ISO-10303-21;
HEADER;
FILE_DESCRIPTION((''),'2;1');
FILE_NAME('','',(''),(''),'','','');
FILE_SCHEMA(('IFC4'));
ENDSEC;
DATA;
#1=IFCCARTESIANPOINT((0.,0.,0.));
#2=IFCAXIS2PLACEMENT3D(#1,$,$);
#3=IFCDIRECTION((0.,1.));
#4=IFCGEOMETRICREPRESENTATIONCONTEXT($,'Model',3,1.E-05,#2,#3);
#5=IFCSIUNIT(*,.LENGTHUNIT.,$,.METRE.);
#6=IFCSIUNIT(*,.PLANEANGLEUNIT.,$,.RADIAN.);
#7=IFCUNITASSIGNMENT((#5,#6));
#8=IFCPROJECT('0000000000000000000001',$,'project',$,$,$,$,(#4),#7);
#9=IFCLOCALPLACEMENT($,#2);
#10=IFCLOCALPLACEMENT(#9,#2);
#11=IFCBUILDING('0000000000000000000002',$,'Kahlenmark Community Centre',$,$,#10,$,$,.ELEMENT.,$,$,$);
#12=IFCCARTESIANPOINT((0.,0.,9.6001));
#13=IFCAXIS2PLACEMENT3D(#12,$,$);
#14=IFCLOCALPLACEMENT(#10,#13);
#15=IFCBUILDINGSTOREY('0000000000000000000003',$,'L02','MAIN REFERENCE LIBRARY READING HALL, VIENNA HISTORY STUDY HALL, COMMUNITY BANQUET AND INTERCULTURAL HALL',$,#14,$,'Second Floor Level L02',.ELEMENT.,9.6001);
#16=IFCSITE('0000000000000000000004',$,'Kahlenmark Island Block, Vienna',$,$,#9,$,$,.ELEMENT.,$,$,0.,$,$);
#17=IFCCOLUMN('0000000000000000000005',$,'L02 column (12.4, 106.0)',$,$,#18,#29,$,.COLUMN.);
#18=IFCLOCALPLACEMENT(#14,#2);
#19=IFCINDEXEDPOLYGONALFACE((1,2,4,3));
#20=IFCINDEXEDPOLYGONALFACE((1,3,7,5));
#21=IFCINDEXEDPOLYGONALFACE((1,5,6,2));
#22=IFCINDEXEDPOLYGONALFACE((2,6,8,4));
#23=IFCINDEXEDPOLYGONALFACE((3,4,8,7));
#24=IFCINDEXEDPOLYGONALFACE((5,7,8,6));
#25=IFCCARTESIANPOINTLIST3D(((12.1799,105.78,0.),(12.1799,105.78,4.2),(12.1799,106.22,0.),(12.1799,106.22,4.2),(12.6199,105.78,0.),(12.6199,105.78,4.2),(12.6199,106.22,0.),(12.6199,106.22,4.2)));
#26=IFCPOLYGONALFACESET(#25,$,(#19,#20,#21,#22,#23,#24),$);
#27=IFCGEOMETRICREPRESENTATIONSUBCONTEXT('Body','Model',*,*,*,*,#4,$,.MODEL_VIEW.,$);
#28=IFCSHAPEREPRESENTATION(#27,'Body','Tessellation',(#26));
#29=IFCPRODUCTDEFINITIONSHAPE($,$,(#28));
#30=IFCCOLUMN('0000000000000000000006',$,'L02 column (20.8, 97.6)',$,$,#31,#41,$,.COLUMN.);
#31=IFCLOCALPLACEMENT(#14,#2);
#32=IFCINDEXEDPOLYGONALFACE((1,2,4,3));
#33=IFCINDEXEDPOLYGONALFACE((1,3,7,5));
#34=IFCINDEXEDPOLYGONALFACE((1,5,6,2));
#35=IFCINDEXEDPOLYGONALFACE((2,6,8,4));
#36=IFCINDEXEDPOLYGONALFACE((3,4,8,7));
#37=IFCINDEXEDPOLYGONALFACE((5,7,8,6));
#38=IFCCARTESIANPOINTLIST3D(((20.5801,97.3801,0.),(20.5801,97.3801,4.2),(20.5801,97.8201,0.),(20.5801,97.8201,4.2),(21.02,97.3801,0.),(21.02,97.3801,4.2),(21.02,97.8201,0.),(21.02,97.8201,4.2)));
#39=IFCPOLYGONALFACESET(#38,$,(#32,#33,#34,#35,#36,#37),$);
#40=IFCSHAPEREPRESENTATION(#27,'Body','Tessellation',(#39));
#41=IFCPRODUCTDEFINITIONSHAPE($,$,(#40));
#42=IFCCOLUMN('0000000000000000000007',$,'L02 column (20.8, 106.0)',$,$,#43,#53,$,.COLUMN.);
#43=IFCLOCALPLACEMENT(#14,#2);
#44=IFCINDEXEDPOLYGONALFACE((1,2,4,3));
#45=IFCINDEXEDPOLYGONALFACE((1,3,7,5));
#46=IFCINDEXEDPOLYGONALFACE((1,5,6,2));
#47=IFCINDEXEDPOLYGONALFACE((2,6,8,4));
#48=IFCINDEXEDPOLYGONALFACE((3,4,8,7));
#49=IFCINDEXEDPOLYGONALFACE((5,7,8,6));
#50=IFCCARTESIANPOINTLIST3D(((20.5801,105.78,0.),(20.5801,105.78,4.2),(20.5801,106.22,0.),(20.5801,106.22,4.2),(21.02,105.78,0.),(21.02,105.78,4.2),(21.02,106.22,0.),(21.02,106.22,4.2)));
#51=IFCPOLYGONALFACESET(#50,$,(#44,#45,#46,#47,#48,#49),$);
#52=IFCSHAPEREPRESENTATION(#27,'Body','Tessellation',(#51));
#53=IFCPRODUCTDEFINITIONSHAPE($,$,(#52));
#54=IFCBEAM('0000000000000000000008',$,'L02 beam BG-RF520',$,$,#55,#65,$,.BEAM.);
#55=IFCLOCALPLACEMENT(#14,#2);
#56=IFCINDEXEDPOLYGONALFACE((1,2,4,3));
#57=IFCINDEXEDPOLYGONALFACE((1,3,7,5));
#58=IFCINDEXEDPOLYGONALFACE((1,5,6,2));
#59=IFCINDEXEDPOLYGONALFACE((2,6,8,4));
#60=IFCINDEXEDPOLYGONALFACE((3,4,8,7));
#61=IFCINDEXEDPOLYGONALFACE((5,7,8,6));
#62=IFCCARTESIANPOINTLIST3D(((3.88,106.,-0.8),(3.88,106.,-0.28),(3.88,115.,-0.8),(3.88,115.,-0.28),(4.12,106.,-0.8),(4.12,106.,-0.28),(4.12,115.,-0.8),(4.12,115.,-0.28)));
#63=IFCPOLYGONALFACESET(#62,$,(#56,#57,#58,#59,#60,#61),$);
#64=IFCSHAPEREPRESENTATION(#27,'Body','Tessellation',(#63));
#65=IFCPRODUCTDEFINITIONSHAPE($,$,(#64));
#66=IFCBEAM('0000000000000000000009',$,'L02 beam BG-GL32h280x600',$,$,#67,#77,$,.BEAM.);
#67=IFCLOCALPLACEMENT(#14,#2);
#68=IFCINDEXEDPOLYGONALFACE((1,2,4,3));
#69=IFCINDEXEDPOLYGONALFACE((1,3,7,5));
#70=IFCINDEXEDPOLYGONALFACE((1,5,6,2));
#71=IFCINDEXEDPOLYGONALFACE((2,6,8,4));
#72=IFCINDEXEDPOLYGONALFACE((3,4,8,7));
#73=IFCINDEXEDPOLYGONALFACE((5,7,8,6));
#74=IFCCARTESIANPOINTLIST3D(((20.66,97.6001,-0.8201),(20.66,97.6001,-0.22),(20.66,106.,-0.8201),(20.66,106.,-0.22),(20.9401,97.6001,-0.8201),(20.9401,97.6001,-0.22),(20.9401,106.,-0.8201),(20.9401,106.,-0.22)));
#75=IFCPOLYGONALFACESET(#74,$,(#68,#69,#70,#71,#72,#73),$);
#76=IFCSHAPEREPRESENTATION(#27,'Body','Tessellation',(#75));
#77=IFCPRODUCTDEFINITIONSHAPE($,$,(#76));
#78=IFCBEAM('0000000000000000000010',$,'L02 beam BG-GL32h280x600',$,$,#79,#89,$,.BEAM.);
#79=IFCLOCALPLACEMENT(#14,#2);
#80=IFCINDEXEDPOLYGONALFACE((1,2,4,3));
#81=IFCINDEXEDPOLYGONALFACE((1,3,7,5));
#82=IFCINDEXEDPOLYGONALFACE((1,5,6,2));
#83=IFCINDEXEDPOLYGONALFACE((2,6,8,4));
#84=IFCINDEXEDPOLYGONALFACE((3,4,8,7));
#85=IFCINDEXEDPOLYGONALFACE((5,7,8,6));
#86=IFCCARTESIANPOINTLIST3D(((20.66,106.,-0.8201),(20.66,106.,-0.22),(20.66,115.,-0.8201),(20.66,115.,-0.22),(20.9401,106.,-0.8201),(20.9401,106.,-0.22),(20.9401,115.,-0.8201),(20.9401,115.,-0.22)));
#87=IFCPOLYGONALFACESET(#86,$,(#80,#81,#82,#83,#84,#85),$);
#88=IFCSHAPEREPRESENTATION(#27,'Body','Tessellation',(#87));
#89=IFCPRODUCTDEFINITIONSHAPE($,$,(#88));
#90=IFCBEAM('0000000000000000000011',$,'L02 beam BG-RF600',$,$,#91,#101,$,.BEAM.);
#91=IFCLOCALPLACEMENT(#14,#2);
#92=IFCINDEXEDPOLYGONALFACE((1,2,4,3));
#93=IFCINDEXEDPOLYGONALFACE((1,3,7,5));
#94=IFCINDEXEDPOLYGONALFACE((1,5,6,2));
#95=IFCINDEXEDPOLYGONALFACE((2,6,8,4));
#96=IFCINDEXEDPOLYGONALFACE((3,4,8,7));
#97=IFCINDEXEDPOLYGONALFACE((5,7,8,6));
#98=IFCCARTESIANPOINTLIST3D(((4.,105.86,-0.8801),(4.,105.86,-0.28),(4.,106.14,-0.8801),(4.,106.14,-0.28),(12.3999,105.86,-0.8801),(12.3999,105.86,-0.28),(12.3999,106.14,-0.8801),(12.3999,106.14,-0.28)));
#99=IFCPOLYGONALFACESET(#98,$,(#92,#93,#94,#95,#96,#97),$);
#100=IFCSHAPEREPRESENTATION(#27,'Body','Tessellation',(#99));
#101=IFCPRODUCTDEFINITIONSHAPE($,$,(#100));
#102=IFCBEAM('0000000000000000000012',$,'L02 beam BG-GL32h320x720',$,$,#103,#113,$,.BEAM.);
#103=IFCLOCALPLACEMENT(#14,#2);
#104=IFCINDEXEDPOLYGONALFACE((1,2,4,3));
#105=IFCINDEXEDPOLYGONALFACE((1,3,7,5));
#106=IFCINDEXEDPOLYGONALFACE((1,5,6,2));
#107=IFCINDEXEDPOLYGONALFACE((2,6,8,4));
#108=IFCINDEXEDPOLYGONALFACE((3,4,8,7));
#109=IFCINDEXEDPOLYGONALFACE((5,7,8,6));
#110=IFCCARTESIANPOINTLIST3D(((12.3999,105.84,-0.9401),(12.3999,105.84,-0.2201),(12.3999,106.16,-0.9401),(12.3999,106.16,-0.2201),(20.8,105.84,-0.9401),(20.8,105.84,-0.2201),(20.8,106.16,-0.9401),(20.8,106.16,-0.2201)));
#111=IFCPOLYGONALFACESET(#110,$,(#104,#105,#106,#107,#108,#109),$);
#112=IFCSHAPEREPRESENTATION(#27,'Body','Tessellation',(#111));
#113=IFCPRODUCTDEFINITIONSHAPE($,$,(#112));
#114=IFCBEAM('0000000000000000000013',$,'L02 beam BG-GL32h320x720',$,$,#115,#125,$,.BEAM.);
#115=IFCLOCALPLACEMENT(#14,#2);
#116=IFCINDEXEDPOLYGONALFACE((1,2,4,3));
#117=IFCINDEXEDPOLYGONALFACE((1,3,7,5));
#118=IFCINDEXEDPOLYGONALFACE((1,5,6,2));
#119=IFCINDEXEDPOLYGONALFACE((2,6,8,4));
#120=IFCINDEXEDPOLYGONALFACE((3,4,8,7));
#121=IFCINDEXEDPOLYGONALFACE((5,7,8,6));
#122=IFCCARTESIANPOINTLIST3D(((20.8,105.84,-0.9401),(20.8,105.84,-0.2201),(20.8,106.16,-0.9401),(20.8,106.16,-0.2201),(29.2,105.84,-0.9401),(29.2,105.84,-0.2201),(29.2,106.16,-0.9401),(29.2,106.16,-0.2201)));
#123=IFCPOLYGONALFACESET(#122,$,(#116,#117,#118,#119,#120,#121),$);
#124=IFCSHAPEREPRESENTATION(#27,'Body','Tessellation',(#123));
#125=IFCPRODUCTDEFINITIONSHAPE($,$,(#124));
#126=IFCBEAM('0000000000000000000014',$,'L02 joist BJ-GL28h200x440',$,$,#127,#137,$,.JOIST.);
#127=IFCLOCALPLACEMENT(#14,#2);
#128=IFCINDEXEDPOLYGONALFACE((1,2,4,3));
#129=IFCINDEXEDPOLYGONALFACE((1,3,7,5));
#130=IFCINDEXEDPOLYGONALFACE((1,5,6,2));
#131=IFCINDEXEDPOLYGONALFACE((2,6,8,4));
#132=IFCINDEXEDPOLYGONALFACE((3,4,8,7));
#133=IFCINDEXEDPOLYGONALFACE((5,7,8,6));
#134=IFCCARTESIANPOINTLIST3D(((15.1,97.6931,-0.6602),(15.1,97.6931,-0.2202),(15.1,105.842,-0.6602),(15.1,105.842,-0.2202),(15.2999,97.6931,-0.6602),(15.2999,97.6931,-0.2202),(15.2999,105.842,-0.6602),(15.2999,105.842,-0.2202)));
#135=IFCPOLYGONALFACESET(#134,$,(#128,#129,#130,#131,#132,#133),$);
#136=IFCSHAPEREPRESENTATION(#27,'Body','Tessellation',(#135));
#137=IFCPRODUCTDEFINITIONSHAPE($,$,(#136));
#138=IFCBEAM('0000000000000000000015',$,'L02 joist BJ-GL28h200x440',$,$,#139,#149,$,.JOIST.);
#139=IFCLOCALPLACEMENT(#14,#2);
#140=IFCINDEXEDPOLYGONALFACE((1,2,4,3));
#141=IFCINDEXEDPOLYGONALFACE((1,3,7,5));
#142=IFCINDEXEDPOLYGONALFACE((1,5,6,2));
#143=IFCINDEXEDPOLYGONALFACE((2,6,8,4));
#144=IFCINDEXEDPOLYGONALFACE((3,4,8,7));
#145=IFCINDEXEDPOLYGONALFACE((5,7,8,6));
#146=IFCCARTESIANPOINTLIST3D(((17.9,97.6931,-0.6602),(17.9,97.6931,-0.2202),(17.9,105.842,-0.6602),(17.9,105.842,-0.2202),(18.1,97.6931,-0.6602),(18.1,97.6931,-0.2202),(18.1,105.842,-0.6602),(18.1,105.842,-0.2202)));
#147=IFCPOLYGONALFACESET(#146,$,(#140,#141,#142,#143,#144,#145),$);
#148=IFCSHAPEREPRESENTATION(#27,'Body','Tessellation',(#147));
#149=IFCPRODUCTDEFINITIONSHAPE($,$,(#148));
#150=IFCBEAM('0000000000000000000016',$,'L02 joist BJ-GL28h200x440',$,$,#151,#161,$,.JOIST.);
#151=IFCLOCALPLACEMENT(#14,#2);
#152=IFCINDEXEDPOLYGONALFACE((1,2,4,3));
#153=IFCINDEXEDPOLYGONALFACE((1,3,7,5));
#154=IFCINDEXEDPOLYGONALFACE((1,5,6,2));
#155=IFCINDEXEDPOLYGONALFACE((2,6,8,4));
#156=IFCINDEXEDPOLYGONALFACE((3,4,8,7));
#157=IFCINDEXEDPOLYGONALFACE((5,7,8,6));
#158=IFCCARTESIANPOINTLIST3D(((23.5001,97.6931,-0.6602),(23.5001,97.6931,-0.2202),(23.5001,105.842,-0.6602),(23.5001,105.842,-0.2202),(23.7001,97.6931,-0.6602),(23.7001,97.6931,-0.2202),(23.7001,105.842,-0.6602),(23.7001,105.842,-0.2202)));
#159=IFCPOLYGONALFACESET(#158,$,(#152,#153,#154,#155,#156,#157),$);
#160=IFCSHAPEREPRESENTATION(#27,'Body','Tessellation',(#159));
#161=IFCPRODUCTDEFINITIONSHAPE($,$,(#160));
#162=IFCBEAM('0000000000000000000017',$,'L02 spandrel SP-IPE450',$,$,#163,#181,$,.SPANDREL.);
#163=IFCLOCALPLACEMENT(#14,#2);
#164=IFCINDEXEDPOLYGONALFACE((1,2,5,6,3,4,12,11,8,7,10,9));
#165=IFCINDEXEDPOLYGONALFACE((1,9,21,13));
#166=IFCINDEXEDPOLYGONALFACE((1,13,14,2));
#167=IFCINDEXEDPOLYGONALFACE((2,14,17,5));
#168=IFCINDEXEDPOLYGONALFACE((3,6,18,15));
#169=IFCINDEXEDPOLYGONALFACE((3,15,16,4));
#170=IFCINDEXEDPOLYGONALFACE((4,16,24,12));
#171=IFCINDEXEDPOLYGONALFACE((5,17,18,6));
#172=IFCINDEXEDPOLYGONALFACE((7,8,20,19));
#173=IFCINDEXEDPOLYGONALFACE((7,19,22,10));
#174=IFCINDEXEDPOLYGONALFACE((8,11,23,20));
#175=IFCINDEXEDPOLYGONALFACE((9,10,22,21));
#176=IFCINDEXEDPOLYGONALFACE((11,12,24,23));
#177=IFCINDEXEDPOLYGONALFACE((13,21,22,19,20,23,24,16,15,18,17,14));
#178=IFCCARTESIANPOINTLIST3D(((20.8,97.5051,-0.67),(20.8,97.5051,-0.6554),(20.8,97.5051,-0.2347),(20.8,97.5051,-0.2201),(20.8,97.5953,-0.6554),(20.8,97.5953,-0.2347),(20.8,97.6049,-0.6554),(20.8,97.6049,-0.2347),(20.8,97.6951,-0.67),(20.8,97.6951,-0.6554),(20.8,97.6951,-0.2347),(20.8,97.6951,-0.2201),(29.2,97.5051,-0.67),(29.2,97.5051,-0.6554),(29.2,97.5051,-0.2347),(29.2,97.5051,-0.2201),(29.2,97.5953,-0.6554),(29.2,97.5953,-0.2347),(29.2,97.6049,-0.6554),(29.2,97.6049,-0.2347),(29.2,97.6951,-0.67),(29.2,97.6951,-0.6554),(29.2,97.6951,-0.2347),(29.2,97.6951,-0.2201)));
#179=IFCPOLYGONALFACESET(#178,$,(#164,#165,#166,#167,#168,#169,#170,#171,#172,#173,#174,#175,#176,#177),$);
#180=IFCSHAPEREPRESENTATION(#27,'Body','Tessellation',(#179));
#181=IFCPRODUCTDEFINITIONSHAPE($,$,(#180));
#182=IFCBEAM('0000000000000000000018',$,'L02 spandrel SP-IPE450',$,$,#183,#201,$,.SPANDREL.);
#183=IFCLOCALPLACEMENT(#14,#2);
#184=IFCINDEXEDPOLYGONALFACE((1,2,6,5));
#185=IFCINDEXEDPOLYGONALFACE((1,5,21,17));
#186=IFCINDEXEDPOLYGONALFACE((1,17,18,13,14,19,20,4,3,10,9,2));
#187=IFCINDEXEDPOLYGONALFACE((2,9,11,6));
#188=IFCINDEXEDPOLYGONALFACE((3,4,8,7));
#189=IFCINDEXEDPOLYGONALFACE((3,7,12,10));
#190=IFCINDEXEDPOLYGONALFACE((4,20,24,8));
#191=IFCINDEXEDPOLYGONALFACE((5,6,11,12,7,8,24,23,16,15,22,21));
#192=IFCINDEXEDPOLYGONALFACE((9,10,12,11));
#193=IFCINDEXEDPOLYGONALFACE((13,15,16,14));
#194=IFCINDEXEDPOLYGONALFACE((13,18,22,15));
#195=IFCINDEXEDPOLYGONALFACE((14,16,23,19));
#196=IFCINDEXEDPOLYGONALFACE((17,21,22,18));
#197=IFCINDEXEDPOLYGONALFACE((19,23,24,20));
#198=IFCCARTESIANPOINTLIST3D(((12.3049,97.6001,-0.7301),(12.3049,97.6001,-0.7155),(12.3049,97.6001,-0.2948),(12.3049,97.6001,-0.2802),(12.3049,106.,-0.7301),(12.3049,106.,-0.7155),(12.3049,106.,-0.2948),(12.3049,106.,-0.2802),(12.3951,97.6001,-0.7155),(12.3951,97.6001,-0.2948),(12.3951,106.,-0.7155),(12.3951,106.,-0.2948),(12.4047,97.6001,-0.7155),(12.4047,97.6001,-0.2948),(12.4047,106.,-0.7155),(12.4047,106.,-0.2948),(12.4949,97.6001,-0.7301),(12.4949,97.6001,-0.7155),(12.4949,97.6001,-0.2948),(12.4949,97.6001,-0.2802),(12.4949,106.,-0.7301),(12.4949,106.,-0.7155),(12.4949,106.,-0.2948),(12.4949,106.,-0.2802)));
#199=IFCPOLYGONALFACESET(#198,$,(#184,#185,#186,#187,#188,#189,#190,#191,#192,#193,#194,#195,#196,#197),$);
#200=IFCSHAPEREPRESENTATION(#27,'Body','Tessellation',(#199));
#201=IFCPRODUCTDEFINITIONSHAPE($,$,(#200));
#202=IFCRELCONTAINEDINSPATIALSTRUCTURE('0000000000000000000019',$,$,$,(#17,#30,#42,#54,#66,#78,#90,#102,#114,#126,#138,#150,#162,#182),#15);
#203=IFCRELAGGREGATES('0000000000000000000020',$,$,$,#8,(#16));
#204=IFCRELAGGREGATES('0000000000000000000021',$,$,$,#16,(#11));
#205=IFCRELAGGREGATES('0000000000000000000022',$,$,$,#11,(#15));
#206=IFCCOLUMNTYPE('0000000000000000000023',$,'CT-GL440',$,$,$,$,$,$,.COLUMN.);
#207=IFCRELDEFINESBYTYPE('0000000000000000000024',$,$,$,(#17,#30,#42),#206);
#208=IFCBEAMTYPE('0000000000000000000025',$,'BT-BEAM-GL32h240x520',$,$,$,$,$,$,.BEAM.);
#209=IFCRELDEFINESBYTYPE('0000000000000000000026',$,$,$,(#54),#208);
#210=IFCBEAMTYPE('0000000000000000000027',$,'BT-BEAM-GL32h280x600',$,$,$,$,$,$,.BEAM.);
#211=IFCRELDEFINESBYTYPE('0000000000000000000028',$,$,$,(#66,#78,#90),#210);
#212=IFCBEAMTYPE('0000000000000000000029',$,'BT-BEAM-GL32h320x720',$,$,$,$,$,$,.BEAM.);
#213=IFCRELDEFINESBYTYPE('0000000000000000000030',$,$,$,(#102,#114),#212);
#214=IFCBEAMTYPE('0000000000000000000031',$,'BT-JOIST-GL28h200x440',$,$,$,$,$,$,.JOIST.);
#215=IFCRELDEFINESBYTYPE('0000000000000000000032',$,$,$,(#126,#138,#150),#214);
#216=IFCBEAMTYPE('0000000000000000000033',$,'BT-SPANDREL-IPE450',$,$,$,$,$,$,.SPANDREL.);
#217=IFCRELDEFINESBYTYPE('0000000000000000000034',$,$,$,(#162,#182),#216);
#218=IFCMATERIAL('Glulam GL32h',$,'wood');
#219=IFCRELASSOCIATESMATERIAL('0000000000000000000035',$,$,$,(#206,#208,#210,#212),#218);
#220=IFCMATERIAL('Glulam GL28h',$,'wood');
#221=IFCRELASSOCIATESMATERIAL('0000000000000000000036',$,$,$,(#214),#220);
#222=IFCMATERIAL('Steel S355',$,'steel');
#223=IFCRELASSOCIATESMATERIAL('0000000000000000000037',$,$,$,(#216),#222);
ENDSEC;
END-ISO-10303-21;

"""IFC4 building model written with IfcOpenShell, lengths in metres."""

from ifc_helpers import new_model, si_unit, direction, frame, origin, origin_2d, place, context, subcontext, project, spatial, rectangle, i_section, extrude, material, material_profile, profile_set, type_object, element, save


model = new_model("IFC4")

# Units and contexts
model_context = context("Model", 3, precision=1e-05, world=origin(), true_north=direction((0.0, 1.0)))
body_context = subcontext(model_context, "Body", "Model", "MODEL_VIEW")
ifc_project = project(units=[si_unit("LENGTHUNIT", "METRE"), si_unit("PLANEANGLEUNIT", "RADIAN")], contexts=[model_context])

# Site, building, storey
site_placement = place(None, origin())
site = spatial("IfcSite", under=ifc_project, at=site_placement, Name="Kahlenmark Island Block, Vienna", CompositionType="ELEMENT", RefElevation=0.0)
building_placement = place(site_placement, origin())
building = spatial("IfcBuilding", under=site, at=building_placement, Name="Kahlenmark Community Centre", CompositionType="ELEMENT")
storey_placement = place(building_placement, frame((0.0, 0.0, 9.6001)))
storey = spatial("IfcBuildingStorey", under=building, at=storey_placement, Name="L02", Description="MAIN REFERENCE LIBRARY READING HALL, VIENNA HISTORY STUDY HALL, COMMUNITY BANQUET AND INTERCULTURAL HALL", LongName="Second Floor Level L02", CompositionType="ELEMENT", Elevation=9.6001)

# Columns
ifc_material_1 = material(Name="Glulam GL32h", Category="wood")
ifc_material_profile_1 = material_profile(ifc_material_1, rectangle(XDim=0.4399, YDim=0.4399, at=origin_2d()), Name="GL32h 440x440")
ifc_profile_set_1 = profile_set([ifc_material_profile_1], Name="Glulam GL32h")
column_type = type_object("IfcColumnType", Name="CT-GL440", PredefinedType="COLUMN", material=ifc_profile_set_1)
for number, where, z_axis, x_axis, name in (
    (1, (12.3999, 106.0, 0.0), (0.0, 0.0, 1.0), (1.0, 0.0, 0.0), "L02 column (12.4, 106.0)"),
    (2, (20.8, 97.6001, 0.0), (0.0, 0.0, 1.0), (1.0, 0.0, 0.0), "L02 column (20.8, 97.6)"),
    (3, (20.8, 106.0, 0.0), (0.0, 0.0, 1.0), (1.0, 0.0, 0.0), "L02 column (20.8, 106.0)"),
):
    element("IfcColumn", number, at=place(storey_placement, frame(where, z_axis=z_axis, x_axis=x_axis)), inside=storey, type_object=column_type, Name=name, PredefinedType="COLUMN", context=body_context, shape_type="SweptSolid", body=[
        extrude(rectangle(XDim=0.4399, YDim=0.4399, at=origin_2d()), origin(), (0.0, 0.0, 1.0), 4.2),
    ])

# Beams
ifc_material_profile_2 = material_profile(ifc_material_1, rectangle(XDim=0.24, YDim=0.52, at=origin_2d()), Name="GL32h 240x520")
ifc_profile_set_2 = profile_set([ifc_material_profile_2], Name="Glulam GL32h")
beam_type_1 = type_object("IfcBeamType", Name="BT-BEAM-GL32h240x520", PredefinedType="BEAM", material=ifc_profile_set_2)
beam_1_placement = place(storey_placement, frame((4.0, 106.0, -0.54), z_axis=(0.0, 1.0, 0.0), x_axis=(-1.0, 0.0, 0.0)))
element("IfcBeam", 4, at=beam_1_placement, inside=storey, type_object=beam_type_1, Name="L02 beam BG-RF520", PredefinedType="BEAM", context=body_context, shape_type="SweptSolid", body=[
    extrude(rectangle(XDim=0.24, YDim=0.52, at=origin_2d()), origin(), (0.0, 0.0, 1.0), 9.0),
])
ifc_material_profile_3 = material_profile(ifc_material_1, rectangle(XDim=0.28, YDim=0.6001, at=origin_2d()), Name="GL32h 280x600")
ifc_profile_set_3 = profile_set([ifc_material_profile_3], Name="Glulam GL32h")
beam_type_2 = type_object("IfcBeamType", Name="BT-BEAM-GL32h280x600", PredefinedType="BEAM", material=ifc_profile_set_3)
beam_2_placement = place(storey_placement, frame((20.8, 97.6001, -0.52), z_axis=(0.0, 1.0, 0.0), x_axis=(-1.0, 0.0, 0.0)))
element("IfcBeam", 5, at=beam_2_placement, inside=storey, type_object=beam_type_2, Name="L02 beam BG-GL32h280x600", PredefinedType="BEAM", context=body_context, shape_type="SweptSolid", body=[
    extrude(rectangle(XDim=0.28, YDim=0.6001, at=origin_2d()), origin(), (0.0, 0.0, 1.0), 8.3999),
])
beam_3_placement = place(storey_placement, frame((20.8, 106.0, -0.52), z_axis=(0.0, 1.0, 0.0), x_axis=(-1.0, 0.0, 0.0)))
element("IfcBeam", 6, at=beam_3_placement, inside=storey, type_object=beam_type_2, Name="L02 beam BG-GL32h280x600", PredefinedType="BEAM", context=body_context, shape_type="SweptSolid", body=[
    extrude(rectangle(XDim=0.28, YDim=0.6001, at=origin_2d()), origin(), (0.0, 0.0, 1.0), 9.0),
])
beam_4_placement = place(storey_placement, frame((4.0, 106.0, -0.5801), z_axis=(1.0, 0.0, 0.0), x_axis=(0.0, 1.0, 0.0)))
element("IfcBeam", 7, at=beam_4_placement, inside=storey, type_object=beam_type_2, Name="L02 beam BG-RF600", PredefinedType="BEAM", context=body_context, shape_type="SweptSolid", body=[
    extrude(rectangle(XDim=0.28, YDim=0.6001, at=origin_2d()), origin(), (0.0, 0.0, 1.0), 8.3999),
])
ifc_material_profile_4 = material_profile(ifc_material_1, rectangle(XDim=0.3201, YDim=0.72, at=origin_2d()), Name="GL32h 320x720")
ifc_profile_set_4 = profile_set([ifc_material_profile_4], Name="Glulam GL32h")
beam_type_3 = type_object("IfcBeamType", Name="BT-BEAM-GL32h320x720", PredefinedType="BEAM", material=ifc_profile_set_4)
beam_5_placement = place(storey_placement, frame((12.3999, 106.0, -0.5801), z_axis=(1.0, 0.0, 0.0), x_axis=(0.0, 1.0, 0.0)))
element("IfcBeam", 8, at=beam_5_placement, inside=storey, type_object=beam_type_3, Name="L02 beam BG-GL32h320x720", PredefinedType="BEAM", context=body_context, shape_type="SweptSolid", body=[
    extrude(rectangle(XDim=0.3201, YDim=0.72, at=origin_2d()), origin(), (0.0, 0.0, 1.0), 8.4001),
])
beam_6_placement = place(storey_placement, frame((20.8, 106.0, -0.5801), z_axis=(1.0, 0.0, 0.0), x_axis=(0.0, 1.0, 0.0)))
element("IfcBeam", 9, at=beam_6_placement, inside=storey, type_object=beam_type_3, Name="L02 beam BG-GL32h320x720", PredefinedType="BEAM", context=body_context, shape_type="SweptSolid", body=[
    extrude(rectangle(XDim=0.3201, YDim=0.72, at=origin_2d()), origin(), (0.0, 0.0, 1.0), 8.3999),
])
ifc_material_2 = material(Name="Glulam GL28h", Category="wood")
ifc_material_profile_5 = material_profile(ifc_material_2, rectangle(XDim=0.2, YDim=0.4399, at=origin_2d()), Name="GL28h 200x440")
ifc_profile_set_5 = profile_set([ifc_material_profile_5], Name="Glulam GL28h")
beam_type_4 = type_object("IfcBeamType", Name="BT-JOIST-GL28h200x440", PredefinedType="JOIST", material=ifc_profile_set_5)
for number, where, z_axis, x_axis, name in (
    (10, (15.2, 97.6931, -0.4402), (0.0, 1.0, 0.0), (-1.0, 0.0, 0.0), "L02 joist BJ-GL28h200x440"),
    (11, (18.0, 97.6931, -0.4402), (0.0, 1.0, 0.0), (-1.0, 0.0, 0.0), "L02 joist BJ-GL28h200x440"),
    (12, (23.6001, 97.6931, -0.4402), (0.0, 1.0, 0.0), (-1.0, 0.0, 0.0), "L02 joist BJ-GL28h200x440"),
):
    element("IfcBeam", number, at=place(storey_placement, frame(where, z_axis=z_axis, x_axis=x_axis)), inside=storey, type_object=beam_type_4, Name=name, PredefinedType="JOIST", context=body_context, shape_type="SweptSolid", body=[
        extrude(rectangle(XDim=0.2, YDim=0.4399, at=origin_2d()), origin(), (0.0, 0.0, 1.0), 8.1489),
    ])
ifc_material_3 = material(Name="Steel S355", Category="steel")
ifc_material_profile_6 = material_profile(ifc_material_3, i_section(OverallWidth=0.1899, OverallDepth=0.45, WebThickness=0.0095, FlangeThickness=0.0146, at=origin_2d()), Name="IPE 450")
ifc_profile_set_6 = profile_set([ifc_material_profile_6], Name="Steel S355")
beam_type_5 = type_object("IfcBeamType", Name="BT-SPANDREL-IPE450", PredefinedType="SPANDREL", material=ifc_profile_set_6)
for number, where, z_axis, x_axis, name in (
    (13, (20.8, 97.6001, -0.4451), (1.0, 0.0, 0.0), (0.0, 1.0, 0.0), "L02 spandrel SP-IPE450"),
    (14, (12.3999, 97.6001, -0.5051), (0.0, 1.0, 0.0), (-1.0, 0.0, 0.0), "L02 spandrel SP-IPE450"),
):
    element("IfcBeam", number, at=place(storey_placement, frame(where, z_axis=z_axis, x_axis=x_axis)), inside=storey, type_object=beam_type_5, Name=name, PredefinedType="SPANDREL", context=body_context, shape_type="SweptSolid", body=[
        extrude(i_section(OverallWidth=0.1899, OverallDepth=0.45, WebThickness=0.0095, FlangeThickness=0.0146, at=origin_2d()), origin(), (0.0, 0.0, 1.0), 8.3999),
    ])

save(model, "model.ifc")
